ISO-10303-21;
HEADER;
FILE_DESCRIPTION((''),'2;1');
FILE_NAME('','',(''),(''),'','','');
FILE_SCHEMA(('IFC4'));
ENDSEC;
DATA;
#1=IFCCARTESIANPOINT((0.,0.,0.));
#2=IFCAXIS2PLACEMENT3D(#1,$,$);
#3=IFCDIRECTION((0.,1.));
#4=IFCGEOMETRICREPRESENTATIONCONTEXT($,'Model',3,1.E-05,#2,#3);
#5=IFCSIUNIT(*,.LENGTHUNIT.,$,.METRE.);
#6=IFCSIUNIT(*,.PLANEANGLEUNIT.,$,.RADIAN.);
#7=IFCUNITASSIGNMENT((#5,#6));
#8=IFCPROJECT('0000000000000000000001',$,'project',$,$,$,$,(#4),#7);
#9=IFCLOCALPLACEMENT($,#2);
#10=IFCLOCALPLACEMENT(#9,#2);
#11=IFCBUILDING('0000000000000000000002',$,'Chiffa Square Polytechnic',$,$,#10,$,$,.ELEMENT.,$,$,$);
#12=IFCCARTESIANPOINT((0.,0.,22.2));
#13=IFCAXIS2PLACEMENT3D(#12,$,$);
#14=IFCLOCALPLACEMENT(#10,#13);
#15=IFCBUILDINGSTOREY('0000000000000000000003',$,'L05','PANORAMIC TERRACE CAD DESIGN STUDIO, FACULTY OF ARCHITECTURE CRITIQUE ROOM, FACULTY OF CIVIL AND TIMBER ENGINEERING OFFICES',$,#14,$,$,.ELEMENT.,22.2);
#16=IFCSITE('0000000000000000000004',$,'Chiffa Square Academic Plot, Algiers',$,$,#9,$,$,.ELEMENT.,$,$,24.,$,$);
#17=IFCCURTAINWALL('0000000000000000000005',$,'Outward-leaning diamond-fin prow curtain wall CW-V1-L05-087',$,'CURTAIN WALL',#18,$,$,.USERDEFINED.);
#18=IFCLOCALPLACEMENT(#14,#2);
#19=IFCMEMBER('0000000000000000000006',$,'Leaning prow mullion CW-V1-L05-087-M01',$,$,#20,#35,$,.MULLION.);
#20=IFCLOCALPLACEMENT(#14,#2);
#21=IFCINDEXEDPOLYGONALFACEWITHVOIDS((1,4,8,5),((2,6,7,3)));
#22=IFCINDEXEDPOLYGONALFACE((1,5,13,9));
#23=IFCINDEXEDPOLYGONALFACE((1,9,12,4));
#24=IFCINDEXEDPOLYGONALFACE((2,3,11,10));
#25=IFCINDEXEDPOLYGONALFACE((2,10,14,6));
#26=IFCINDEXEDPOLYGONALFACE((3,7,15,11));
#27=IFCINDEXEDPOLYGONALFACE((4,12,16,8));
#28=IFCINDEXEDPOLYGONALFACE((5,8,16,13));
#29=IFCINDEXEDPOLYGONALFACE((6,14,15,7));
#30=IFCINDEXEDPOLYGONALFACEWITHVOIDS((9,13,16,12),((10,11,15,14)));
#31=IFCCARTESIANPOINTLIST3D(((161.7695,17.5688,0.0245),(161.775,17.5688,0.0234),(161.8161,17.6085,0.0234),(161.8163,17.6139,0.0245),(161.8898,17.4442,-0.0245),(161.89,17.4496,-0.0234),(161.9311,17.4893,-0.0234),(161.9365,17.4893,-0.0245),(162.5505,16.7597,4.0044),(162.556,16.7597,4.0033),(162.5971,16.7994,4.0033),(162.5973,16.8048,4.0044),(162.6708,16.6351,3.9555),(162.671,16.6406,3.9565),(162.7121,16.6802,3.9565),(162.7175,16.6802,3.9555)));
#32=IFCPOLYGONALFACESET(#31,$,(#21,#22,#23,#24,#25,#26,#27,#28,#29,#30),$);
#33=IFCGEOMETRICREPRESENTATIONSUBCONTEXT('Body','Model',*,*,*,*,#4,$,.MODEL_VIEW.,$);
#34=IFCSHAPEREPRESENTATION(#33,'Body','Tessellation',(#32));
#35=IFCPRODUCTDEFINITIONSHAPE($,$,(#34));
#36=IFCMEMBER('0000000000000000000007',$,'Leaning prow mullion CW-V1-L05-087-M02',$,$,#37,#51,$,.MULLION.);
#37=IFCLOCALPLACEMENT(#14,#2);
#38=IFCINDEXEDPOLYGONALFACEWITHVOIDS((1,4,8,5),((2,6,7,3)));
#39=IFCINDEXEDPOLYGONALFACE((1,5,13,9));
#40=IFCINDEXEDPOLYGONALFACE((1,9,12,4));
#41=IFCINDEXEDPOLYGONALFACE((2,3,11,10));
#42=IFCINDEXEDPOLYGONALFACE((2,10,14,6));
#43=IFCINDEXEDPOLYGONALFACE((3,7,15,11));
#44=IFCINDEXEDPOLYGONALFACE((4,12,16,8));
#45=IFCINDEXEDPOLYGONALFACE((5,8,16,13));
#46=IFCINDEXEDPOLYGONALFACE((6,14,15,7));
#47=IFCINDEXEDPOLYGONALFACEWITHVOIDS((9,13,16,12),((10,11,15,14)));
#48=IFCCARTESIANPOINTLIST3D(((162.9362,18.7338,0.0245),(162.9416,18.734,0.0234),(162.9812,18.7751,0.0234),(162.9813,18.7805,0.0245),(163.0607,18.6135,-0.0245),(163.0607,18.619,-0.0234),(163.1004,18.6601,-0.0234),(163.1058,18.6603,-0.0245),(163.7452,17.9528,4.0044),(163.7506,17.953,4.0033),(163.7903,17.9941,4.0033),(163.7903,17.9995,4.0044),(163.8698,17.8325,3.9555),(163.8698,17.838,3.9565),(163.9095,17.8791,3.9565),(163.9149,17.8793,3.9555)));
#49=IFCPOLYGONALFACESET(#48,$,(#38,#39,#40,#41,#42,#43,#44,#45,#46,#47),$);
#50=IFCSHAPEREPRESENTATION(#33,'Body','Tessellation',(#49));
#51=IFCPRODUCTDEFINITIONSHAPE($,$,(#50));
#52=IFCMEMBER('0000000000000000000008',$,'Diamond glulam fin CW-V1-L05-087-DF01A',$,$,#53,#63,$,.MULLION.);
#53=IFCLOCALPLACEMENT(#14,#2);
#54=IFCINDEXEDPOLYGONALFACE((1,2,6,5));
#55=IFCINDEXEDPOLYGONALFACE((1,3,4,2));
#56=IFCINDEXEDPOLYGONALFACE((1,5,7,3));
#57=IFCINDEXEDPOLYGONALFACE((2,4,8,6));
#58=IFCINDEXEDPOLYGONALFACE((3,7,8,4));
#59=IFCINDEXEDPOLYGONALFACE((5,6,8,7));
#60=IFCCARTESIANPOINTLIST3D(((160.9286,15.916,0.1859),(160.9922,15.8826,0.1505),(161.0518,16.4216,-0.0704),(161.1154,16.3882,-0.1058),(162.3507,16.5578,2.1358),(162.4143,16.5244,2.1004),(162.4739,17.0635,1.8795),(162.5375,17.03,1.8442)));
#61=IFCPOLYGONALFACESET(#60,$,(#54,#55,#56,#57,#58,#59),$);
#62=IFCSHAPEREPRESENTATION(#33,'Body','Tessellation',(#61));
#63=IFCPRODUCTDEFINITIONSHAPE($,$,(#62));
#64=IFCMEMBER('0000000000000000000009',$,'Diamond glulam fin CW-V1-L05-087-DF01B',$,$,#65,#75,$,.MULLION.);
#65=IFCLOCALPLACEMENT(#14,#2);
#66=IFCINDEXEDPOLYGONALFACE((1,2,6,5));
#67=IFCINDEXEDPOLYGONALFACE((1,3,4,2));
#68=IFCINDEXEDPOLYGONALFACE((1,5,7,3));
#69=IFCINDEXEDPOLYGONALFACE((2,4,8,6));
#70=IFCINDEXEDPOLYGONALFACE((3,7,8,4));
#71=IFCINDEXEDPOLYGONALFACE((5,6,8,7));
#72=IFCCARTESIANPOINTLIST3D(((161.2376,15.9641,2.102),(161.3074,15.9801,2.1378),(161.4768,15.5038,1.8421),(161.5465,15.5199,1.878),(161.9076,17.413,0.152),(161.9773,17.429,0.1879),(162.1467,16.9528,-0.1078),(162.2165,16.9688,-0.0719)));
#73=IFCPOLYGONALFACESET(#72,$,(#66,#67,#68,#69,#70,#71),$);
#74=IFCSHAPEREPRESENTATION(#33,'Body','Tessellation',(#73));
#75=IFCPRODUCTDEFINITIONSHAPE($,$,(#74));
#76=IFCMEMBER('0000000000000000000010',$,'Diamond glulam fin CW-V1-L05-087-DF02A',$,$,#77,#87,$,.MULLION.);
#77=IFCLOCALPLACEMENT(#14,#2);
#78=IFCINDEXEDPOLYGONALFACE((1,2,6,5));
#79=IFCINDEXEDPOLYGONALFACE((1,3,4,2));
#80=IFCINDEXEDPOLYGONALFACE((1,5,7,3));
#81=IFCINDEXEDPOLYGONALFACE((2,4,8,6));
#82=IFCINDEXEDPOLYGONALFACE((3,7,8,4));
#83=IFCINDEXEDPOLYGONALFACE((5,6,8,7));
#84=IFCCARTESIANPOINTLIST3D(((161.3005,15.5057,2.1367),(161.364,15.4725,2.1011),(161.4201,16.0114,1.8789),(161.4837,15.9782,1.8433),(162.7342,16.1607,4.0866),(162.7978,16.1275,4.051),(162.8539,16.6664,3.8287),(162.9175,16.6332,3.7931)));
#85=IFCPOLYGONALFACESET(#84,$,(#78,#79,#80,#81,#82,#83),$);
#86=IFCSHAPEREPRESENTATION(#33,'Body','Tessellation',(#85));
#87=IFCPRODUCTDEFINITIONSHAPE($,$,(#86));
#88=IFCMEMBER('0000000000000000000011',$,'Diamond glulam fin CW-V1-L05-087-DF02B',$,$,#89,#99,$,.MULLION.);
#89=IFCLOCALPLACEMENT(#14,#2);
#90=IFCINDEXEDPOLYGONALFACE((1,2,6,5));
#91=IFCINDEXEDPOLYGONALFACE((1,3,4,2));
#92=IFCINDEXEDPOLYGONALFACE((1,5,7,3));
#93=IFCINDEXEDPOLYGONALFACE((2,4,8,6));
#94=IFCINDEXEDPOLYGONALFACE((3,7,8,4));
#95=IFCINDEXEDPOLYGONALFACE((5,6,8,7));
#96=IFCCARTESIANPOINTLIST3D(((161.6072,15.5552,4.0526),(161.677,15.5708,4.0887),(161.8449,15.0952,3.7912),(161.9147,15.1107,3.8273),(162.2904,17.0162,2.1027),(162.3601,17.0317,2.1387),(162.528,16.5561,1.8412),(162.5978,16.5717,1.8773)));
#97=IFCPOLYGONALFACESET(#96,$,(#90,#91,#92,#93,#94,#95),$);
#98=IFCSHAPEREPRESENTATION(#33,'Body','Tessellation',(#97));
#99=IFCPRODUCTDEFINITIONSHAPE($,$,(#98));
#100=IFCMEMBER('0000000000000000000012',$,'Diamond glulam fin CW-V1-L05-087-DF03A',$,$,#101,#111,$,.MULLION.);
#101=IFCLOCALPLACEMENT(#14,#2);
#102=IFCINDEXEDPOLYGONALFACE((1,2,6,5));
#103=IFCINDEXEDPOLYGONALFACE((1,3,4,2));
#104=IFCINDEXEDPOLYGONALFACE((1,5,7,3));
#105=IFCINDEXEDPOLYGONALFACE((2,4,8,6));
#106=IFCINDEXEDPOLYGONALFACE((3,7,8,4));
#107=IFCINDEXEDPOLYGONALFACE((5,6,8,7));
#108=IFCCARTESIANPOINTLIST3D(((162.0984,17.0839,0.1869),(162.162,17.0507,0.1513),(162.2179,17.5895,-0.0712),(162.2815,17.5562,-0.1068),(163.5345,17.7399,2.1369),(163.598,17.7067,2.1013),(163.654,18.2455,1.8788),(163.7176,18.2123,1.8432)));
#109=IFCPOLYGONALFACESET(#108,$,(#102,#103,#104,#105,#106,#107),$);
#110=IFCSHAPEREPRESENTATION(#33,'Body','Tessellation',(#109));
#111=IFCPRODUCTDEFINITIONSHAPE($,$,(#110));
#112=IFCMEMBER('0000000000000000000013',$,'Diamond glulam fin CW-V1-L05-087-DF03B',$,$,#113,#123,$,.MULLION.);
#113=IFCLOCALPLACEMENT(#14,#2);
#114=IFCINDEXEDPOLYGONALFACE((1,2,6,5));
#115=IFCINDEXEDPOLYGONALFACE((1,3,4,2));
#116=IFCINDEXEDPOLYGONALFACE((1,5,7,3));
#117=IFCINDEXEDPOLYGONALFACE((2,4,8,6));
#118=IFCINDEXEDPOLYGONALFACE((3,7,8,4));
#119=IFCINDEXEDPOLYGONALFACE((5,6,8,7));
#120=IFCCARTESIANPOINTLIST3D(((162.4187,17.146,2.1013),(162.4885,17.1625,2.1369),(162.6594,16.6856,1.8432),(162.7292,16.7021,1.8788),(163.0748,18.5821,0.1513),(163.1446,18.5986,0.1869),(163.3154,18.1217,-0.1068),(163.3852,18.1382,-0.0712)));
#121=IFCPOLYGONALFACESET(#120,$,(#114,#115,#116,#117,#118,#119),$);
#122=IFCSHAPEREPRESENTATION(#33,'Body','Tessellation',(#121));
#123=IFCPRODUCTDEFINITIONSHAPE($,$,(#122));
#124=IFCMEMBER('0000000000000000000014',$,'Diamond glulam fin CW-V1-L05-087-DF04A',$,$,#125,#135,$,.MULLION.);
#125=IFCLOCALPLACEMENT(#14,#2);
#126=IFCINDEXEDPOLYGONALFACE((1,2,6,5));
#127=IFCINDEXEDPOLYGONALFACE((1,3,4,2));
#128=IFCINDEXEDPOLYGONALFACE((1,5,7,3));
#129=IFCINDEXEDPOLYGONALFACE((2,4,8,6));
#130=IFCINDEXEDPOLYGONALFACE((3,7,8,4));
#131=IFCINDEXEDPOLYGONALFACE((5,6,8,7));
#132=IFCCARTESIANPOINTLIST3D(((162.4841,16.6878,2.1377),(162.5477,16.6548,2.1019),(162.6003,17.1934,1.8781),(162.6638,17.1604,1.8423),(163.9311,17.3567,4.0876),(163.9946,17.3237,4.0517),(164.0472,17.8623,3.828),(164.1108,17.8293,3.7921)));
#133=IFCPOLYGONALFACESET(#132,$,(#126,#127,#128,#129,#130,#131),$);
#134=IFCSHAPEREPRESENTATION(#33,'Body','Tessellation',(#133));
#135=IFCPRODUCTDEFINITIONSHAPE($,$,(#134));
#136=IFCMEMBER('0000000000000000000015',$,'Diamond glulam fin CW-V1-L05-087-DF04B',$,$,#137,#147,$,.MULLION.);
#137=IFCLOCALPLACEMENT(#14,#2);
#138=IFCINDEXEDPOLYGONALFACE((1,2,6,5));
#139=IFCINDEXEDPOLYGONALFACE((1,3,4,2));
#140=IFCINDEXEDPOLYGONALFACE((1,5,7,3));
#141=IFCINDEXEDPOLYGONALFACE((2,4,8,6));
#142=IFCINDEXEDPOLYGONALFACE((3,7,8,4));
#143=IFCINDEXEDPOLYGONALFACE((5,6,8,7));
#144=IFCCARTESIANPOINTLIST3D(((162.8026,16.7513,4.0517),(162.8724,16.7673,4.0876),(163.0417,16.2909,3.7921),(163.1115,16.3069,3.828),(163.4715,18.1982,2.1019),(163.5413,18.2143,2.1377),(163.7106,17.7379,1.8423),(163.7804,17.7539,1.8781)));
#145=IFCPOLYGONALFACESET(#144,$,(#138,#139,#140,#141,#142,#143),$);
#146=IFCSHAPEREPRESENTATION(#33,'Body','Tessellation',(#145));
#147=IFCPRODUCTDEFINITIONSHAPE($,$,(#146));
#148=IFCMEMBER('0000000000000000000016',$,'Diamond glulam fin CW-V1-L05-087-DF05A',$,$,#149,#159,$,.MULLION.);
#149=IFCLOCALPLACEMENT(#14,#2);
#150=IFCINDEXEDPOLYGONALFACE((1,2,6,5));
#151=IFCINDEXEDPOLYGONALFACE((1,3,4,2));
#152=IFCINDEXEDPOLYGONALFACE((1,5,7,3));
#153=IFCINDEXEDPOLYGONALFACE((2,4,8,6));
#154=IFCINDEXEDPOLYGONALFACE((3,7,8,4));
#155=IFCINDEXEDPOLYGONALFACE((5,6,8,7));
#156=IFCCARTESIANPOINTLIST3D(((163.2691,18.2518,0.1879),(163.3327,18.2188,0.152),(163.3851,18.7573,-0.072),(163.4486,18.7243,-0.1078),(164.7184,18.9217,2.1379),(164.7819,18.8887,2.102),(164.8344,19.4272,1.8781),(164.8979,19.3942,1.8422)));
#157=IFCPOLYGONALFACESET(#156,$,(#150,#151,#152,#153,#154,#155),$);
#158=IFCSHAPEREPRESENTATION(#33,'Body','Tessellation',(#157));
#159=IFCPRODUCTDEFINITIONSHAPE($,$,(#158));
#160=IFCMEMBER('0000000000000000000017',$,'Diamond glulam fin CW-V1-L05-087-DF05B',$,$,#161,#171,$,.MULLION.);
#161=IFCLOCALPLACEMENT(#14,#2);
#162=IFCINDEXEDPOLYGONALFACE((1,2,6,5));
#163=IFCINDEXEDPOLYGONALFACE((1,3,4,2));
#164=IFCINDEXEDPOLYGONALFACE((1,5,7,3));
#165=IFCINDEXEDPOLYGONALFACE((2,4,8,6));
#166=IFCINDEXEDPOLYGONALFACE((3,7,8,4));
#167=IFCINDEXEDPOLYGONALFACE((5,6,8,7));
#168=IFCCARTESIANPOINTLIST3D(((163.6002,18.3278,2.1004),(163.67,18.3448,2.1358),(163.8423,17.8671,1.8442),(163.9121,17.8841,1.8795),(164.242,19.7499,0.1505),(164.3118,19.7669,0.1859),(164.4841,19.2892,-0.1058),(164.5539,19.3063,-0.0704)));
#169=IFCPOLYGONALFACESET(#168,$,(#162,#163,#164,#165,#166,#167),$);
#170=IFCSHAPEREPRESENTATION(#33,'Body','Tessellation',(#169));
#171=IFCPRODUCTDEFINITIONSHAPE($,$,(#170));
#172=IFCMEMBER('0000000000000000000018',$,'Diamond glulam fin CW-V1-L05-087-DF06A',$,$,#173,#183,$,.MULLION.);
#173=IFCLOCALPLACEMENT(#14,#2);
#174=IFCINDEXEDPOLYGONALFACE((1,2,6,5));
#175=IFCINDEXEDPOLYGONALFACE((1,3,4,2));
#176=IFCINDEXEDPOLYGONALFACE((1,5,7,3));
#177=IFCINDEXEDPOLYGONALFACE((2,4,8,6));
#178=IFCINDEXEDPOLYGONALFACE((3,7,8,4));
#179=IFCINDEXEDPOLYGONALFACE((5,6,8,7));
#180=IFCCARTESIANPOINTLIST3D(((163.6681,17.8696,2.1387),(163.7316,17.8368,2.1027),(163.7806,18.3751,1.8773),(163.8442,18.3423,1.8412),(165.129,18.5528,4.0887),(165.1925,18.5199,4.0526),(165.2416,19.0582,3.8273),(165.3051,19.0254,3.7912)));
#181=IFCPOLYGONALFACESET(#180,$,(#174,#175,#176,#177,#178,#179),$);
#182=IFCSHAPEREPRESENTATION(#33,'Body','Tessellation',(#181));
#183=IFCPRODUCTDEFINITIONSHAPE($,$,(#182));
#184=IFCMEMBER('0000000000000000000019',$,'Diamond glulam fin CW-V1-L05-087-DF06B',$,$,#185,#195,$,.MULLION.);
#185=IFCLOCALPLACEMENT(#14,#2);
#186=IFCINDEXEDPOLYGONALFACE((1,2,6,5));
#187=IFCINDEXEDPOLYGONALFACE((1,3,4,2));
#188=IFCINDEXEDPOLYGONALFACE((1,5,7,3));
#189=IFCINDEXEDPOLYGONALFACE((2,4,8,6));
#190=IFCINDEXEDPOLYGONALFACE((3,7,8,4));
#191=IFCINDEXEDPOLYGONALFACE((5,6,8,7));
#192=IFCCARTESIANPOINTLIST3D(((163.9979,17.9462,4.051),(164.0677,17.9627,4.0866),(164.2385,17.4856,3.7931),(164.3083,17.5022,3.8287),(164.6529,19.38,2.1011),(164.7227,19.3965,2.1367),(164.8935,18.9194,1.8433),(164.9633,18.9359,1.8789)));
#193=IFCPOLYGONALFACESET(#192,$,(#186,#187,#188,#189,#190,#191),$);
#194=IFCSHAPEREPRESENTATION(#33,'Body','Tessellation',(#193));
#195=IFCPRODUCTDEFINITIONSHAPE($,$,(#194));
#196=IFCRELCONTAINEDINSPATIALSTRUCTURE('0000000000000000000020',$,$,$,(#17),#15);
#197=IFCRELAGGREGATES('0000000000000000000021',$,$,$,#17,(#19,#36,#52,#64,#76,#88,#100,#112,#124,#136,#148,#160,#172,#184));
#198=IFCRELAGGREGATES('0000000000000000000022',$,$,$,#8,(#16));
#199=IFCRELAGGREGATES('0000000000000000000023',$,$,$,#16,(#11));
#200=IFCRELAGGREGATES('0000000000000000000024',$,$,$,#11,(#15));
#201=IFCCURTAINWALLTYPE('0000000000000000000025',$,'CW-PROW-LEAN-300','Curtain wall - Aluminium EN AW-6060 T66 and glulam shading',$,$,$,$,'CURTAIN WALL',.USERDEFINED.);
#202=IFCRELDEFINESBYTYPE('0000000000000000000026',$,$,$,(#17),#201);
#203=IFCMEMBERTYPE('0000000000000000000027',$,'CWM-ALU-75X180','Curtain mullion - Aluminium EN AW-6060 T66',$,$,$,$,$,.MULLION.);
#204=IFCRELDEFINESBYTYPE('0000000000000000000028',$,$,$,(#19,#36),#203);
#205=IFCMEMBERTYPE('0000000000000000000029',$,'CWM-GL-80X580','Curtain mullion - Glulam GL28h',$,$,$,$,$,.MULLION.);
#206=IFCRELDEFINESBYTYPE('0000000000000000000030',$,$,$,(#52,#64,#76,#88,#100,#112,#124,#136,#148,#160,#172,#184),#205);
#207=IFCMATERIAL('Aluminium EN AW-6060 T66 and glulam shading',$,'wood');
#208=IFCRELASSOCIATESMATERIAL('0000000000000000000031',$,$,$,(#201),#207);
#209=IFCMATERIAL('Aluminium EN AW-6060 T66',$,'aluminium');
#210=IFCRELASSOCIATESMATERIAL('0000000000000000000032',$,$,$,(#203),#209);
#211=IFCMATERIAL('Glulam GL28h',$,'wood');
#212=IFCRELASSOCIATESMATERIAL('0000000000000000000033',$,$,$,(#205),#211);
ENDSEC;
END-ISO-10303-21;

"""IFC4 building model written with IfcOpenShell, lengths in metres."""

from ifc_helpers import new_model, si_unit, direction, frame, origin, origin_2d, place, context, subcontext, project, spatial, rectangle, hollow_rectangle, extrude, material, material_profile, profile_set, type_object, element, aggregate, save


model = new_model("IFC4")

# Units and contexts
model_context = context("Model", 3, precision=1e-05, world=origin(), true_north=direction((0.0, 1.0)))
body_context = subcontext(model_context, "Body", "Model", "MODEL_VIEW")
ifc_project = project(units=[si_unit("LENGTHUNIT", "METRE"), si_unit("PLANEANGLEUNIT", "RADIAN")], contexts=[model_context])

# Site, building, storey
site_placement = place(None, origin())
site = spatial("IfcSite", under=ifc_project, at=site_placement, Name="Chiffa Square Academic Plot, Algiers", CompositionType="ELEMENT", RefElevation=24.0)
building_placement = place(site_placement, origin())
building = spatial("IfcBuilding", under=site, at=building_placement, Name="Chiffa Square Polytechnic", CompositionType="ELEMENT")
storey_placement = place(building_placement, frame((0.0, 0.0, 22.2)))
storey = spatial("IfcBuildingStorey", under=building, at=storey_placement, Name="L05", Description="PANORAMIC TERRACE CAD DESIGN STUDIO, FACULTY OF ARCHITECTURE CRITIQUE ROOM, FACULTY OF CIVIL AND TIMBER ENGINEERING OFFICES", CompositionType="ELEMENT", Elevation=22.2)

# Curtain wall, members
ifc_material_1 = material(Name="Aluminium EN AW-6060 T66 and glulam shading", Category="wood")
curtain_wall_type_1 = type_object("IfcCurtainWallType", Name="CW-PROW-LEAN-300", Description="Curtain wall - Aluminium EN AW-6060 T66 and glulam shading", ElementType="CURTAIN WALL", PredefinedType="USERDEFINED", material=ifc_material_1)
curtain_wall_1_placement = place(storey_placement, origin())
curtain_wall_1 = element("IfcCurtainWall", 1, at=curtain_wall_1_placement, inside=storey, type_object=curtain_wall_type_1, Name="Outward-leaning diamond-fin prow curtain wall CW-V1-L05-087", ObjectType="CURTAIN WALL", PredefinedType="USERDEFINED")
ifc_material_2 = material(Name="Aluminium EN AW-6060 T66", Category="aluminium")
ifc_material_profile_1 = material_profile(ifc_material_2, hollow_rectangle(XDim=0.0649, YDim=0.1799, WallThickness=0.0039, at=origin_2d()), Name="ALU 65x180x4")
ifc_profile_set_1 = profile_set([ifc_material_profile_1], Name="Aluminium EN AW-6060 T66")
member_type_1 = type_object("IfcMemberType", Name="CWM-ALU-75X180", Description="Curtain mullion - Aluminium EN AW-6060 T66", PredefinedType="MULLION", material=ifc_profile_set_1)
member_1_placement = place(storey_placement, frame((161.853, 17.5291, 0.0), z_axis=(0.18884, -0.195629, 0.962325), x_axis=(0.71948, 0.694513, 0.0)))
member_1 = element("IfcMember", 2, at=member_1_placement, type_object=member_type_1, Name="Leaning prow mullion CW-V1-L05-087-M01", PredefinedType="MULLION", context=body_context, shape_type="SweptSolid", body=[
    extrude(hollow_rectangle(XDim=0.0649, YDim=0.1799, WallThickness=0.0039, at=origin_2d()), origin(), (0.0, 0.0, 1.0), 4.1357),
])
member_2_placement = place(storey_placement, frame((163.021, 18.697, 0.0), z_axis=(0.195629, -0.18884, 0.962325), x_axis=(0.694513, 0.71948, 0.0)))
member_2 = element("IfcMember", 3, at=member_2_placement, type_object=member_type_1, Name="Leaning prow mullion CW-V1-L05-087-M02", PredefinedType="MULLION", context=body_context, shape_type="SweptSolid", body=[
    extrude(hollow_rectangle(XDim=0.0649, YDim=0.1799, WallThickness=0.0039, at=origin_2d()), origin(), (0.0, 0.0, 1.0), 4.1357),
])
ifc_material_3 = material(Name="Glulam GL28h", Category="wood")
ifc_material_profile_2 = material_profile(ifc_material_3, rectangle(XDim=0.0801, YDim=0.5801, at=origin_2d()), Name="GL28h 80x580")
ifc_profile_set_2 = profile_set([ifc_material_profile_2], Name="Glulam GL28h")
member_type_2 = type_object("IfcMemberType", Name="CWM-GL-80X580", Description="Curtain mullion - Glulam GL28h", PredefinedType="MULLION", material=ifc_profile_set_2)
member_3_placement = place(storey_placement, frame((161.022, 16.1521, 0.04), z_axis=(0.569454, 0.257012, 0.780812), x_axis=(-0.794121, 0.417378, 0.441776)))
member_3 = element("IfcMember", 4, at=member_3_placement, type_object=member_type_2, Name="Diamond glulam fin CW-V1-L05-087-DF01A", PredefinedType="MULLION", context=body_context, shape_type="SweptSolid", body=[
    extrude(rectangle(XDim=0.0801, YDim=0.5801, at=origin_2d()), origin(), (0.0, 0.0, 1.0), 2.4973),
])
member_4_placement = place(storey_placement, frame((162.062, 17.1909, 0.04), z_axis=(-0.265837, -0.574979, 0.773776), x_axis=(0.871441, 0.199887, 0.447923)))
member_4 = element("IfcMember", 5, at=member_4_placement, type_object=member_type_2, Name="Diamond glulam fin CW-V1-L05-087-DF01B", PredefinedType="MULLION", context=body_context, shape_type="SweptSolid", body=[
    extrude(rectangle(XDim=0.0801, YDim=0.5801, at=origin_2d()), origin(), (0.0, 0.0, 1.0), 2.52),
])
member_5_placement = place(storey_placement, frame((161.3921, 15.7419, 1.99), z_axis=(0.571833, 0.261234, 0.777666), x_axis=(-0.793995, 0.414674, 0.444543)))
member_5 = element("IfcMember", 6, at=member_5_placement, type_object=member_type_2, Name="Diamond glulam fin CW-V1-L05-087-DF02A", PredefinedType="MULLION", context=body_context, shape_type="SweptSolid", body=[
    extrude(rectangle(XDim=0.0801, YDim=0.5801, at=origin_2d()), origin(), (0.0, 0.0, 1.0), 2.5073),
])
member_6_placement = place(storey_placement, frame((162.4441, 16.7939, 1.99), z_axis=(-0.269952, -0.577338, 0.770588), x_axis=(0.871339, 0.19409, 0.450663)))
member_6 = element("IfcMember", 7, at=member_6_placement, type_object=member_type_2, Name="Diamond glulam fin CW-V1-L05-087-DF02B", PredefinedType="MULLION", context=body_context, shape_type="SweptSolid", body=[
    extrude(rectangle(XDim=0.0801, YDim=0.5801, at=origin_2d()), origin(), (0.0, 0.0, 1.0), 2.5305),
])
member_7_placement = place(storey_placement, frame((162.1899, 17.3201, 0.04), z_axis=(0.572364, 0.261466, 0.777197), x_axis=(-0.793687, 0.414824, 0.444952)))
member_7 = element("IfcMember", 8, at=member_7_placement, type_object=member_type_2, Name="Diamond glulam fin CW-V1-L05-087-DF03A", PredefinedType="MULLION", context=body_context, shape_type="SweptSolid", body=[
    extrude(rectangle(XDim=0.0801, YDim=0.5801, at=origin_2d()), origin(), (0.0, 0.0, 1.0), 2.509),
])
member_8_placement = place(storey_placement, frame((163.23, 18.3601, 0.04), z_axis=(-0.261466, -0.572364, 0.777197), x_axis=(0.871526, 0.20606, 0.444952)))
member_8 = element("IfcMember", 9, at=member_8_placement, type_object=member_type_2, Name="Diamond glulam fin CW-V1-L05-087-DF03B", PredefinedType="MULLION", context=body_context, shape_type="SweptSolid", body=[
    extrude(rectangle(XDim=0.0801, YDim=0.5801, at=origin_2d()), origin(), (0.0, 0.0, 1.0), 2.509),
])
member_9_placement = place(storey_placement, frame((162.574, 16.9241, 1.99), z_axis=(0.574519, 0.265595, 0.774201), x_axis=(-0.79363, 0.412122, 0.447556)))
member_9 = element("IfcMember", 10, at=member_9_placement, type_object=member_type_2, Name="Diamond glulam fin CW-V1-L05-087-DF04A", PredefinedType="MULLION", context=body_context, shape_type="SweptSolid", body=[
    extrude(rectangle(XDim=0.0801, YDim=0.5801, at=origin_2d()), origin(), (0.0, 0.0, 1.0), 2.5186),
])
member_10_placement = place(storey_placement, frame((163.626, 17.9761, 1.99), z_axis=(-0.265595, -0.574519, 0.774201), x_axis=(0.871559, 0.200196, 0.447556)))
member_10 = element("IfcMember", 11, at=member_10_placement, type_object=member_type_2, Name="Diamond glulam fin CW-V1-L05-087-DF04B", PredefinedType="MULLION", context=body_context, shape_type="SweptSolid", body=[
    extrude(rectangle(XDim=0.0801, YDim=0.5801, at=origin_2d()), origin(), (0.0, 0.0, 1.0), 2.5186),
])
member_11_placement = place(storey_placement, frame((163.3589, 18.488, 0.04), z_axis=(0.575044, 0.265822, 0.773733), x_axis=(-0.793321, 0.412278, 0.447961)))
member_11 = element("IfcMember", 12, at=member_11_placement, type_object=member_type_2, Name="Diamond glulam fin CW-V1-L05-087-DF05A", PredefinedType="MULLION", context=body_context, shape_type="SweptSolid", body=[
    extrude(rectangle(XDim=0.0801, YDim=0.5801, at=origin_2d()), origin(), (0.0, 0.0, 1.0), 2.5203),
])
member_12_placement = place(storey_placement, frame((164.3979, 19.5281, 0.04), z_axis=(-0.257012, -0.569454, 0.780812), x_axis=(0.871631, 0.212352, 0.441776)))
member_12 = element("IfcMember", 13, at=member_12_placement, type_object=member_type_2, Name="Diamond glulam fin CW-V1-L05-087-DF05B", PredefinedType="MULLION", context=body_context, shape_type="SweptSolid", body=[
    extrude(rectangle(XDim=0.0801, YDim=0.5801, at=origin_2d()), origin(), (0.0, 0.0, 1.0), 2.4973),
])
member_13_placement = place(storey_placement, frame((163.7561, 18.106, 1.99), z_axis=(0.577338, 0.269952, 0.770588), x_axis=(-0.793101, 0.409748, 0.450663)))
member_13 = element("IfcMember", 14, at=member_13_placement, type_object=member_type_2, Name="Diamond glulam fin CW-V1-L05-087-DF06A", PredefinedType="MULLION", context=body_context, shape_type="SweptSolid", body=[
    extrude(rectangle(XDim=0.0801, YDim=0.5801, at=origin_2d()), origin(), (0.0, 0.0, 1.0), 2.5305),
])
member_14_placement = place(storey_placement, frame((164.8081, 19.158, 1.99), z_axis=(-0.261234, -0.571833, 0.777666), x_axis=(0.871667, 0.206348, 0.444543)))
member_14 = element("IfcMember", 15, at=member_14_placement, type_object=member_type_2, Name="Diamond glulam fin CW-V1-L05-087-DF06B", PredefinedType="MULLION", context=body_context, shape_type="SweptSolid", body=[
    extrude(rectangle(XDim=0.0801, YDim=0.5801, at=origin_2d()), origin(), (0.0, 0.0, 1.0), 2.5073),
])

aggregate(curtain_wall_1, [member_1, member_2, member_3, member_4, member_5, member_6, member_7, member_8, member_9, member_10, member_11, member_12, member_13, member_14])

save(model, "model.ifc")
